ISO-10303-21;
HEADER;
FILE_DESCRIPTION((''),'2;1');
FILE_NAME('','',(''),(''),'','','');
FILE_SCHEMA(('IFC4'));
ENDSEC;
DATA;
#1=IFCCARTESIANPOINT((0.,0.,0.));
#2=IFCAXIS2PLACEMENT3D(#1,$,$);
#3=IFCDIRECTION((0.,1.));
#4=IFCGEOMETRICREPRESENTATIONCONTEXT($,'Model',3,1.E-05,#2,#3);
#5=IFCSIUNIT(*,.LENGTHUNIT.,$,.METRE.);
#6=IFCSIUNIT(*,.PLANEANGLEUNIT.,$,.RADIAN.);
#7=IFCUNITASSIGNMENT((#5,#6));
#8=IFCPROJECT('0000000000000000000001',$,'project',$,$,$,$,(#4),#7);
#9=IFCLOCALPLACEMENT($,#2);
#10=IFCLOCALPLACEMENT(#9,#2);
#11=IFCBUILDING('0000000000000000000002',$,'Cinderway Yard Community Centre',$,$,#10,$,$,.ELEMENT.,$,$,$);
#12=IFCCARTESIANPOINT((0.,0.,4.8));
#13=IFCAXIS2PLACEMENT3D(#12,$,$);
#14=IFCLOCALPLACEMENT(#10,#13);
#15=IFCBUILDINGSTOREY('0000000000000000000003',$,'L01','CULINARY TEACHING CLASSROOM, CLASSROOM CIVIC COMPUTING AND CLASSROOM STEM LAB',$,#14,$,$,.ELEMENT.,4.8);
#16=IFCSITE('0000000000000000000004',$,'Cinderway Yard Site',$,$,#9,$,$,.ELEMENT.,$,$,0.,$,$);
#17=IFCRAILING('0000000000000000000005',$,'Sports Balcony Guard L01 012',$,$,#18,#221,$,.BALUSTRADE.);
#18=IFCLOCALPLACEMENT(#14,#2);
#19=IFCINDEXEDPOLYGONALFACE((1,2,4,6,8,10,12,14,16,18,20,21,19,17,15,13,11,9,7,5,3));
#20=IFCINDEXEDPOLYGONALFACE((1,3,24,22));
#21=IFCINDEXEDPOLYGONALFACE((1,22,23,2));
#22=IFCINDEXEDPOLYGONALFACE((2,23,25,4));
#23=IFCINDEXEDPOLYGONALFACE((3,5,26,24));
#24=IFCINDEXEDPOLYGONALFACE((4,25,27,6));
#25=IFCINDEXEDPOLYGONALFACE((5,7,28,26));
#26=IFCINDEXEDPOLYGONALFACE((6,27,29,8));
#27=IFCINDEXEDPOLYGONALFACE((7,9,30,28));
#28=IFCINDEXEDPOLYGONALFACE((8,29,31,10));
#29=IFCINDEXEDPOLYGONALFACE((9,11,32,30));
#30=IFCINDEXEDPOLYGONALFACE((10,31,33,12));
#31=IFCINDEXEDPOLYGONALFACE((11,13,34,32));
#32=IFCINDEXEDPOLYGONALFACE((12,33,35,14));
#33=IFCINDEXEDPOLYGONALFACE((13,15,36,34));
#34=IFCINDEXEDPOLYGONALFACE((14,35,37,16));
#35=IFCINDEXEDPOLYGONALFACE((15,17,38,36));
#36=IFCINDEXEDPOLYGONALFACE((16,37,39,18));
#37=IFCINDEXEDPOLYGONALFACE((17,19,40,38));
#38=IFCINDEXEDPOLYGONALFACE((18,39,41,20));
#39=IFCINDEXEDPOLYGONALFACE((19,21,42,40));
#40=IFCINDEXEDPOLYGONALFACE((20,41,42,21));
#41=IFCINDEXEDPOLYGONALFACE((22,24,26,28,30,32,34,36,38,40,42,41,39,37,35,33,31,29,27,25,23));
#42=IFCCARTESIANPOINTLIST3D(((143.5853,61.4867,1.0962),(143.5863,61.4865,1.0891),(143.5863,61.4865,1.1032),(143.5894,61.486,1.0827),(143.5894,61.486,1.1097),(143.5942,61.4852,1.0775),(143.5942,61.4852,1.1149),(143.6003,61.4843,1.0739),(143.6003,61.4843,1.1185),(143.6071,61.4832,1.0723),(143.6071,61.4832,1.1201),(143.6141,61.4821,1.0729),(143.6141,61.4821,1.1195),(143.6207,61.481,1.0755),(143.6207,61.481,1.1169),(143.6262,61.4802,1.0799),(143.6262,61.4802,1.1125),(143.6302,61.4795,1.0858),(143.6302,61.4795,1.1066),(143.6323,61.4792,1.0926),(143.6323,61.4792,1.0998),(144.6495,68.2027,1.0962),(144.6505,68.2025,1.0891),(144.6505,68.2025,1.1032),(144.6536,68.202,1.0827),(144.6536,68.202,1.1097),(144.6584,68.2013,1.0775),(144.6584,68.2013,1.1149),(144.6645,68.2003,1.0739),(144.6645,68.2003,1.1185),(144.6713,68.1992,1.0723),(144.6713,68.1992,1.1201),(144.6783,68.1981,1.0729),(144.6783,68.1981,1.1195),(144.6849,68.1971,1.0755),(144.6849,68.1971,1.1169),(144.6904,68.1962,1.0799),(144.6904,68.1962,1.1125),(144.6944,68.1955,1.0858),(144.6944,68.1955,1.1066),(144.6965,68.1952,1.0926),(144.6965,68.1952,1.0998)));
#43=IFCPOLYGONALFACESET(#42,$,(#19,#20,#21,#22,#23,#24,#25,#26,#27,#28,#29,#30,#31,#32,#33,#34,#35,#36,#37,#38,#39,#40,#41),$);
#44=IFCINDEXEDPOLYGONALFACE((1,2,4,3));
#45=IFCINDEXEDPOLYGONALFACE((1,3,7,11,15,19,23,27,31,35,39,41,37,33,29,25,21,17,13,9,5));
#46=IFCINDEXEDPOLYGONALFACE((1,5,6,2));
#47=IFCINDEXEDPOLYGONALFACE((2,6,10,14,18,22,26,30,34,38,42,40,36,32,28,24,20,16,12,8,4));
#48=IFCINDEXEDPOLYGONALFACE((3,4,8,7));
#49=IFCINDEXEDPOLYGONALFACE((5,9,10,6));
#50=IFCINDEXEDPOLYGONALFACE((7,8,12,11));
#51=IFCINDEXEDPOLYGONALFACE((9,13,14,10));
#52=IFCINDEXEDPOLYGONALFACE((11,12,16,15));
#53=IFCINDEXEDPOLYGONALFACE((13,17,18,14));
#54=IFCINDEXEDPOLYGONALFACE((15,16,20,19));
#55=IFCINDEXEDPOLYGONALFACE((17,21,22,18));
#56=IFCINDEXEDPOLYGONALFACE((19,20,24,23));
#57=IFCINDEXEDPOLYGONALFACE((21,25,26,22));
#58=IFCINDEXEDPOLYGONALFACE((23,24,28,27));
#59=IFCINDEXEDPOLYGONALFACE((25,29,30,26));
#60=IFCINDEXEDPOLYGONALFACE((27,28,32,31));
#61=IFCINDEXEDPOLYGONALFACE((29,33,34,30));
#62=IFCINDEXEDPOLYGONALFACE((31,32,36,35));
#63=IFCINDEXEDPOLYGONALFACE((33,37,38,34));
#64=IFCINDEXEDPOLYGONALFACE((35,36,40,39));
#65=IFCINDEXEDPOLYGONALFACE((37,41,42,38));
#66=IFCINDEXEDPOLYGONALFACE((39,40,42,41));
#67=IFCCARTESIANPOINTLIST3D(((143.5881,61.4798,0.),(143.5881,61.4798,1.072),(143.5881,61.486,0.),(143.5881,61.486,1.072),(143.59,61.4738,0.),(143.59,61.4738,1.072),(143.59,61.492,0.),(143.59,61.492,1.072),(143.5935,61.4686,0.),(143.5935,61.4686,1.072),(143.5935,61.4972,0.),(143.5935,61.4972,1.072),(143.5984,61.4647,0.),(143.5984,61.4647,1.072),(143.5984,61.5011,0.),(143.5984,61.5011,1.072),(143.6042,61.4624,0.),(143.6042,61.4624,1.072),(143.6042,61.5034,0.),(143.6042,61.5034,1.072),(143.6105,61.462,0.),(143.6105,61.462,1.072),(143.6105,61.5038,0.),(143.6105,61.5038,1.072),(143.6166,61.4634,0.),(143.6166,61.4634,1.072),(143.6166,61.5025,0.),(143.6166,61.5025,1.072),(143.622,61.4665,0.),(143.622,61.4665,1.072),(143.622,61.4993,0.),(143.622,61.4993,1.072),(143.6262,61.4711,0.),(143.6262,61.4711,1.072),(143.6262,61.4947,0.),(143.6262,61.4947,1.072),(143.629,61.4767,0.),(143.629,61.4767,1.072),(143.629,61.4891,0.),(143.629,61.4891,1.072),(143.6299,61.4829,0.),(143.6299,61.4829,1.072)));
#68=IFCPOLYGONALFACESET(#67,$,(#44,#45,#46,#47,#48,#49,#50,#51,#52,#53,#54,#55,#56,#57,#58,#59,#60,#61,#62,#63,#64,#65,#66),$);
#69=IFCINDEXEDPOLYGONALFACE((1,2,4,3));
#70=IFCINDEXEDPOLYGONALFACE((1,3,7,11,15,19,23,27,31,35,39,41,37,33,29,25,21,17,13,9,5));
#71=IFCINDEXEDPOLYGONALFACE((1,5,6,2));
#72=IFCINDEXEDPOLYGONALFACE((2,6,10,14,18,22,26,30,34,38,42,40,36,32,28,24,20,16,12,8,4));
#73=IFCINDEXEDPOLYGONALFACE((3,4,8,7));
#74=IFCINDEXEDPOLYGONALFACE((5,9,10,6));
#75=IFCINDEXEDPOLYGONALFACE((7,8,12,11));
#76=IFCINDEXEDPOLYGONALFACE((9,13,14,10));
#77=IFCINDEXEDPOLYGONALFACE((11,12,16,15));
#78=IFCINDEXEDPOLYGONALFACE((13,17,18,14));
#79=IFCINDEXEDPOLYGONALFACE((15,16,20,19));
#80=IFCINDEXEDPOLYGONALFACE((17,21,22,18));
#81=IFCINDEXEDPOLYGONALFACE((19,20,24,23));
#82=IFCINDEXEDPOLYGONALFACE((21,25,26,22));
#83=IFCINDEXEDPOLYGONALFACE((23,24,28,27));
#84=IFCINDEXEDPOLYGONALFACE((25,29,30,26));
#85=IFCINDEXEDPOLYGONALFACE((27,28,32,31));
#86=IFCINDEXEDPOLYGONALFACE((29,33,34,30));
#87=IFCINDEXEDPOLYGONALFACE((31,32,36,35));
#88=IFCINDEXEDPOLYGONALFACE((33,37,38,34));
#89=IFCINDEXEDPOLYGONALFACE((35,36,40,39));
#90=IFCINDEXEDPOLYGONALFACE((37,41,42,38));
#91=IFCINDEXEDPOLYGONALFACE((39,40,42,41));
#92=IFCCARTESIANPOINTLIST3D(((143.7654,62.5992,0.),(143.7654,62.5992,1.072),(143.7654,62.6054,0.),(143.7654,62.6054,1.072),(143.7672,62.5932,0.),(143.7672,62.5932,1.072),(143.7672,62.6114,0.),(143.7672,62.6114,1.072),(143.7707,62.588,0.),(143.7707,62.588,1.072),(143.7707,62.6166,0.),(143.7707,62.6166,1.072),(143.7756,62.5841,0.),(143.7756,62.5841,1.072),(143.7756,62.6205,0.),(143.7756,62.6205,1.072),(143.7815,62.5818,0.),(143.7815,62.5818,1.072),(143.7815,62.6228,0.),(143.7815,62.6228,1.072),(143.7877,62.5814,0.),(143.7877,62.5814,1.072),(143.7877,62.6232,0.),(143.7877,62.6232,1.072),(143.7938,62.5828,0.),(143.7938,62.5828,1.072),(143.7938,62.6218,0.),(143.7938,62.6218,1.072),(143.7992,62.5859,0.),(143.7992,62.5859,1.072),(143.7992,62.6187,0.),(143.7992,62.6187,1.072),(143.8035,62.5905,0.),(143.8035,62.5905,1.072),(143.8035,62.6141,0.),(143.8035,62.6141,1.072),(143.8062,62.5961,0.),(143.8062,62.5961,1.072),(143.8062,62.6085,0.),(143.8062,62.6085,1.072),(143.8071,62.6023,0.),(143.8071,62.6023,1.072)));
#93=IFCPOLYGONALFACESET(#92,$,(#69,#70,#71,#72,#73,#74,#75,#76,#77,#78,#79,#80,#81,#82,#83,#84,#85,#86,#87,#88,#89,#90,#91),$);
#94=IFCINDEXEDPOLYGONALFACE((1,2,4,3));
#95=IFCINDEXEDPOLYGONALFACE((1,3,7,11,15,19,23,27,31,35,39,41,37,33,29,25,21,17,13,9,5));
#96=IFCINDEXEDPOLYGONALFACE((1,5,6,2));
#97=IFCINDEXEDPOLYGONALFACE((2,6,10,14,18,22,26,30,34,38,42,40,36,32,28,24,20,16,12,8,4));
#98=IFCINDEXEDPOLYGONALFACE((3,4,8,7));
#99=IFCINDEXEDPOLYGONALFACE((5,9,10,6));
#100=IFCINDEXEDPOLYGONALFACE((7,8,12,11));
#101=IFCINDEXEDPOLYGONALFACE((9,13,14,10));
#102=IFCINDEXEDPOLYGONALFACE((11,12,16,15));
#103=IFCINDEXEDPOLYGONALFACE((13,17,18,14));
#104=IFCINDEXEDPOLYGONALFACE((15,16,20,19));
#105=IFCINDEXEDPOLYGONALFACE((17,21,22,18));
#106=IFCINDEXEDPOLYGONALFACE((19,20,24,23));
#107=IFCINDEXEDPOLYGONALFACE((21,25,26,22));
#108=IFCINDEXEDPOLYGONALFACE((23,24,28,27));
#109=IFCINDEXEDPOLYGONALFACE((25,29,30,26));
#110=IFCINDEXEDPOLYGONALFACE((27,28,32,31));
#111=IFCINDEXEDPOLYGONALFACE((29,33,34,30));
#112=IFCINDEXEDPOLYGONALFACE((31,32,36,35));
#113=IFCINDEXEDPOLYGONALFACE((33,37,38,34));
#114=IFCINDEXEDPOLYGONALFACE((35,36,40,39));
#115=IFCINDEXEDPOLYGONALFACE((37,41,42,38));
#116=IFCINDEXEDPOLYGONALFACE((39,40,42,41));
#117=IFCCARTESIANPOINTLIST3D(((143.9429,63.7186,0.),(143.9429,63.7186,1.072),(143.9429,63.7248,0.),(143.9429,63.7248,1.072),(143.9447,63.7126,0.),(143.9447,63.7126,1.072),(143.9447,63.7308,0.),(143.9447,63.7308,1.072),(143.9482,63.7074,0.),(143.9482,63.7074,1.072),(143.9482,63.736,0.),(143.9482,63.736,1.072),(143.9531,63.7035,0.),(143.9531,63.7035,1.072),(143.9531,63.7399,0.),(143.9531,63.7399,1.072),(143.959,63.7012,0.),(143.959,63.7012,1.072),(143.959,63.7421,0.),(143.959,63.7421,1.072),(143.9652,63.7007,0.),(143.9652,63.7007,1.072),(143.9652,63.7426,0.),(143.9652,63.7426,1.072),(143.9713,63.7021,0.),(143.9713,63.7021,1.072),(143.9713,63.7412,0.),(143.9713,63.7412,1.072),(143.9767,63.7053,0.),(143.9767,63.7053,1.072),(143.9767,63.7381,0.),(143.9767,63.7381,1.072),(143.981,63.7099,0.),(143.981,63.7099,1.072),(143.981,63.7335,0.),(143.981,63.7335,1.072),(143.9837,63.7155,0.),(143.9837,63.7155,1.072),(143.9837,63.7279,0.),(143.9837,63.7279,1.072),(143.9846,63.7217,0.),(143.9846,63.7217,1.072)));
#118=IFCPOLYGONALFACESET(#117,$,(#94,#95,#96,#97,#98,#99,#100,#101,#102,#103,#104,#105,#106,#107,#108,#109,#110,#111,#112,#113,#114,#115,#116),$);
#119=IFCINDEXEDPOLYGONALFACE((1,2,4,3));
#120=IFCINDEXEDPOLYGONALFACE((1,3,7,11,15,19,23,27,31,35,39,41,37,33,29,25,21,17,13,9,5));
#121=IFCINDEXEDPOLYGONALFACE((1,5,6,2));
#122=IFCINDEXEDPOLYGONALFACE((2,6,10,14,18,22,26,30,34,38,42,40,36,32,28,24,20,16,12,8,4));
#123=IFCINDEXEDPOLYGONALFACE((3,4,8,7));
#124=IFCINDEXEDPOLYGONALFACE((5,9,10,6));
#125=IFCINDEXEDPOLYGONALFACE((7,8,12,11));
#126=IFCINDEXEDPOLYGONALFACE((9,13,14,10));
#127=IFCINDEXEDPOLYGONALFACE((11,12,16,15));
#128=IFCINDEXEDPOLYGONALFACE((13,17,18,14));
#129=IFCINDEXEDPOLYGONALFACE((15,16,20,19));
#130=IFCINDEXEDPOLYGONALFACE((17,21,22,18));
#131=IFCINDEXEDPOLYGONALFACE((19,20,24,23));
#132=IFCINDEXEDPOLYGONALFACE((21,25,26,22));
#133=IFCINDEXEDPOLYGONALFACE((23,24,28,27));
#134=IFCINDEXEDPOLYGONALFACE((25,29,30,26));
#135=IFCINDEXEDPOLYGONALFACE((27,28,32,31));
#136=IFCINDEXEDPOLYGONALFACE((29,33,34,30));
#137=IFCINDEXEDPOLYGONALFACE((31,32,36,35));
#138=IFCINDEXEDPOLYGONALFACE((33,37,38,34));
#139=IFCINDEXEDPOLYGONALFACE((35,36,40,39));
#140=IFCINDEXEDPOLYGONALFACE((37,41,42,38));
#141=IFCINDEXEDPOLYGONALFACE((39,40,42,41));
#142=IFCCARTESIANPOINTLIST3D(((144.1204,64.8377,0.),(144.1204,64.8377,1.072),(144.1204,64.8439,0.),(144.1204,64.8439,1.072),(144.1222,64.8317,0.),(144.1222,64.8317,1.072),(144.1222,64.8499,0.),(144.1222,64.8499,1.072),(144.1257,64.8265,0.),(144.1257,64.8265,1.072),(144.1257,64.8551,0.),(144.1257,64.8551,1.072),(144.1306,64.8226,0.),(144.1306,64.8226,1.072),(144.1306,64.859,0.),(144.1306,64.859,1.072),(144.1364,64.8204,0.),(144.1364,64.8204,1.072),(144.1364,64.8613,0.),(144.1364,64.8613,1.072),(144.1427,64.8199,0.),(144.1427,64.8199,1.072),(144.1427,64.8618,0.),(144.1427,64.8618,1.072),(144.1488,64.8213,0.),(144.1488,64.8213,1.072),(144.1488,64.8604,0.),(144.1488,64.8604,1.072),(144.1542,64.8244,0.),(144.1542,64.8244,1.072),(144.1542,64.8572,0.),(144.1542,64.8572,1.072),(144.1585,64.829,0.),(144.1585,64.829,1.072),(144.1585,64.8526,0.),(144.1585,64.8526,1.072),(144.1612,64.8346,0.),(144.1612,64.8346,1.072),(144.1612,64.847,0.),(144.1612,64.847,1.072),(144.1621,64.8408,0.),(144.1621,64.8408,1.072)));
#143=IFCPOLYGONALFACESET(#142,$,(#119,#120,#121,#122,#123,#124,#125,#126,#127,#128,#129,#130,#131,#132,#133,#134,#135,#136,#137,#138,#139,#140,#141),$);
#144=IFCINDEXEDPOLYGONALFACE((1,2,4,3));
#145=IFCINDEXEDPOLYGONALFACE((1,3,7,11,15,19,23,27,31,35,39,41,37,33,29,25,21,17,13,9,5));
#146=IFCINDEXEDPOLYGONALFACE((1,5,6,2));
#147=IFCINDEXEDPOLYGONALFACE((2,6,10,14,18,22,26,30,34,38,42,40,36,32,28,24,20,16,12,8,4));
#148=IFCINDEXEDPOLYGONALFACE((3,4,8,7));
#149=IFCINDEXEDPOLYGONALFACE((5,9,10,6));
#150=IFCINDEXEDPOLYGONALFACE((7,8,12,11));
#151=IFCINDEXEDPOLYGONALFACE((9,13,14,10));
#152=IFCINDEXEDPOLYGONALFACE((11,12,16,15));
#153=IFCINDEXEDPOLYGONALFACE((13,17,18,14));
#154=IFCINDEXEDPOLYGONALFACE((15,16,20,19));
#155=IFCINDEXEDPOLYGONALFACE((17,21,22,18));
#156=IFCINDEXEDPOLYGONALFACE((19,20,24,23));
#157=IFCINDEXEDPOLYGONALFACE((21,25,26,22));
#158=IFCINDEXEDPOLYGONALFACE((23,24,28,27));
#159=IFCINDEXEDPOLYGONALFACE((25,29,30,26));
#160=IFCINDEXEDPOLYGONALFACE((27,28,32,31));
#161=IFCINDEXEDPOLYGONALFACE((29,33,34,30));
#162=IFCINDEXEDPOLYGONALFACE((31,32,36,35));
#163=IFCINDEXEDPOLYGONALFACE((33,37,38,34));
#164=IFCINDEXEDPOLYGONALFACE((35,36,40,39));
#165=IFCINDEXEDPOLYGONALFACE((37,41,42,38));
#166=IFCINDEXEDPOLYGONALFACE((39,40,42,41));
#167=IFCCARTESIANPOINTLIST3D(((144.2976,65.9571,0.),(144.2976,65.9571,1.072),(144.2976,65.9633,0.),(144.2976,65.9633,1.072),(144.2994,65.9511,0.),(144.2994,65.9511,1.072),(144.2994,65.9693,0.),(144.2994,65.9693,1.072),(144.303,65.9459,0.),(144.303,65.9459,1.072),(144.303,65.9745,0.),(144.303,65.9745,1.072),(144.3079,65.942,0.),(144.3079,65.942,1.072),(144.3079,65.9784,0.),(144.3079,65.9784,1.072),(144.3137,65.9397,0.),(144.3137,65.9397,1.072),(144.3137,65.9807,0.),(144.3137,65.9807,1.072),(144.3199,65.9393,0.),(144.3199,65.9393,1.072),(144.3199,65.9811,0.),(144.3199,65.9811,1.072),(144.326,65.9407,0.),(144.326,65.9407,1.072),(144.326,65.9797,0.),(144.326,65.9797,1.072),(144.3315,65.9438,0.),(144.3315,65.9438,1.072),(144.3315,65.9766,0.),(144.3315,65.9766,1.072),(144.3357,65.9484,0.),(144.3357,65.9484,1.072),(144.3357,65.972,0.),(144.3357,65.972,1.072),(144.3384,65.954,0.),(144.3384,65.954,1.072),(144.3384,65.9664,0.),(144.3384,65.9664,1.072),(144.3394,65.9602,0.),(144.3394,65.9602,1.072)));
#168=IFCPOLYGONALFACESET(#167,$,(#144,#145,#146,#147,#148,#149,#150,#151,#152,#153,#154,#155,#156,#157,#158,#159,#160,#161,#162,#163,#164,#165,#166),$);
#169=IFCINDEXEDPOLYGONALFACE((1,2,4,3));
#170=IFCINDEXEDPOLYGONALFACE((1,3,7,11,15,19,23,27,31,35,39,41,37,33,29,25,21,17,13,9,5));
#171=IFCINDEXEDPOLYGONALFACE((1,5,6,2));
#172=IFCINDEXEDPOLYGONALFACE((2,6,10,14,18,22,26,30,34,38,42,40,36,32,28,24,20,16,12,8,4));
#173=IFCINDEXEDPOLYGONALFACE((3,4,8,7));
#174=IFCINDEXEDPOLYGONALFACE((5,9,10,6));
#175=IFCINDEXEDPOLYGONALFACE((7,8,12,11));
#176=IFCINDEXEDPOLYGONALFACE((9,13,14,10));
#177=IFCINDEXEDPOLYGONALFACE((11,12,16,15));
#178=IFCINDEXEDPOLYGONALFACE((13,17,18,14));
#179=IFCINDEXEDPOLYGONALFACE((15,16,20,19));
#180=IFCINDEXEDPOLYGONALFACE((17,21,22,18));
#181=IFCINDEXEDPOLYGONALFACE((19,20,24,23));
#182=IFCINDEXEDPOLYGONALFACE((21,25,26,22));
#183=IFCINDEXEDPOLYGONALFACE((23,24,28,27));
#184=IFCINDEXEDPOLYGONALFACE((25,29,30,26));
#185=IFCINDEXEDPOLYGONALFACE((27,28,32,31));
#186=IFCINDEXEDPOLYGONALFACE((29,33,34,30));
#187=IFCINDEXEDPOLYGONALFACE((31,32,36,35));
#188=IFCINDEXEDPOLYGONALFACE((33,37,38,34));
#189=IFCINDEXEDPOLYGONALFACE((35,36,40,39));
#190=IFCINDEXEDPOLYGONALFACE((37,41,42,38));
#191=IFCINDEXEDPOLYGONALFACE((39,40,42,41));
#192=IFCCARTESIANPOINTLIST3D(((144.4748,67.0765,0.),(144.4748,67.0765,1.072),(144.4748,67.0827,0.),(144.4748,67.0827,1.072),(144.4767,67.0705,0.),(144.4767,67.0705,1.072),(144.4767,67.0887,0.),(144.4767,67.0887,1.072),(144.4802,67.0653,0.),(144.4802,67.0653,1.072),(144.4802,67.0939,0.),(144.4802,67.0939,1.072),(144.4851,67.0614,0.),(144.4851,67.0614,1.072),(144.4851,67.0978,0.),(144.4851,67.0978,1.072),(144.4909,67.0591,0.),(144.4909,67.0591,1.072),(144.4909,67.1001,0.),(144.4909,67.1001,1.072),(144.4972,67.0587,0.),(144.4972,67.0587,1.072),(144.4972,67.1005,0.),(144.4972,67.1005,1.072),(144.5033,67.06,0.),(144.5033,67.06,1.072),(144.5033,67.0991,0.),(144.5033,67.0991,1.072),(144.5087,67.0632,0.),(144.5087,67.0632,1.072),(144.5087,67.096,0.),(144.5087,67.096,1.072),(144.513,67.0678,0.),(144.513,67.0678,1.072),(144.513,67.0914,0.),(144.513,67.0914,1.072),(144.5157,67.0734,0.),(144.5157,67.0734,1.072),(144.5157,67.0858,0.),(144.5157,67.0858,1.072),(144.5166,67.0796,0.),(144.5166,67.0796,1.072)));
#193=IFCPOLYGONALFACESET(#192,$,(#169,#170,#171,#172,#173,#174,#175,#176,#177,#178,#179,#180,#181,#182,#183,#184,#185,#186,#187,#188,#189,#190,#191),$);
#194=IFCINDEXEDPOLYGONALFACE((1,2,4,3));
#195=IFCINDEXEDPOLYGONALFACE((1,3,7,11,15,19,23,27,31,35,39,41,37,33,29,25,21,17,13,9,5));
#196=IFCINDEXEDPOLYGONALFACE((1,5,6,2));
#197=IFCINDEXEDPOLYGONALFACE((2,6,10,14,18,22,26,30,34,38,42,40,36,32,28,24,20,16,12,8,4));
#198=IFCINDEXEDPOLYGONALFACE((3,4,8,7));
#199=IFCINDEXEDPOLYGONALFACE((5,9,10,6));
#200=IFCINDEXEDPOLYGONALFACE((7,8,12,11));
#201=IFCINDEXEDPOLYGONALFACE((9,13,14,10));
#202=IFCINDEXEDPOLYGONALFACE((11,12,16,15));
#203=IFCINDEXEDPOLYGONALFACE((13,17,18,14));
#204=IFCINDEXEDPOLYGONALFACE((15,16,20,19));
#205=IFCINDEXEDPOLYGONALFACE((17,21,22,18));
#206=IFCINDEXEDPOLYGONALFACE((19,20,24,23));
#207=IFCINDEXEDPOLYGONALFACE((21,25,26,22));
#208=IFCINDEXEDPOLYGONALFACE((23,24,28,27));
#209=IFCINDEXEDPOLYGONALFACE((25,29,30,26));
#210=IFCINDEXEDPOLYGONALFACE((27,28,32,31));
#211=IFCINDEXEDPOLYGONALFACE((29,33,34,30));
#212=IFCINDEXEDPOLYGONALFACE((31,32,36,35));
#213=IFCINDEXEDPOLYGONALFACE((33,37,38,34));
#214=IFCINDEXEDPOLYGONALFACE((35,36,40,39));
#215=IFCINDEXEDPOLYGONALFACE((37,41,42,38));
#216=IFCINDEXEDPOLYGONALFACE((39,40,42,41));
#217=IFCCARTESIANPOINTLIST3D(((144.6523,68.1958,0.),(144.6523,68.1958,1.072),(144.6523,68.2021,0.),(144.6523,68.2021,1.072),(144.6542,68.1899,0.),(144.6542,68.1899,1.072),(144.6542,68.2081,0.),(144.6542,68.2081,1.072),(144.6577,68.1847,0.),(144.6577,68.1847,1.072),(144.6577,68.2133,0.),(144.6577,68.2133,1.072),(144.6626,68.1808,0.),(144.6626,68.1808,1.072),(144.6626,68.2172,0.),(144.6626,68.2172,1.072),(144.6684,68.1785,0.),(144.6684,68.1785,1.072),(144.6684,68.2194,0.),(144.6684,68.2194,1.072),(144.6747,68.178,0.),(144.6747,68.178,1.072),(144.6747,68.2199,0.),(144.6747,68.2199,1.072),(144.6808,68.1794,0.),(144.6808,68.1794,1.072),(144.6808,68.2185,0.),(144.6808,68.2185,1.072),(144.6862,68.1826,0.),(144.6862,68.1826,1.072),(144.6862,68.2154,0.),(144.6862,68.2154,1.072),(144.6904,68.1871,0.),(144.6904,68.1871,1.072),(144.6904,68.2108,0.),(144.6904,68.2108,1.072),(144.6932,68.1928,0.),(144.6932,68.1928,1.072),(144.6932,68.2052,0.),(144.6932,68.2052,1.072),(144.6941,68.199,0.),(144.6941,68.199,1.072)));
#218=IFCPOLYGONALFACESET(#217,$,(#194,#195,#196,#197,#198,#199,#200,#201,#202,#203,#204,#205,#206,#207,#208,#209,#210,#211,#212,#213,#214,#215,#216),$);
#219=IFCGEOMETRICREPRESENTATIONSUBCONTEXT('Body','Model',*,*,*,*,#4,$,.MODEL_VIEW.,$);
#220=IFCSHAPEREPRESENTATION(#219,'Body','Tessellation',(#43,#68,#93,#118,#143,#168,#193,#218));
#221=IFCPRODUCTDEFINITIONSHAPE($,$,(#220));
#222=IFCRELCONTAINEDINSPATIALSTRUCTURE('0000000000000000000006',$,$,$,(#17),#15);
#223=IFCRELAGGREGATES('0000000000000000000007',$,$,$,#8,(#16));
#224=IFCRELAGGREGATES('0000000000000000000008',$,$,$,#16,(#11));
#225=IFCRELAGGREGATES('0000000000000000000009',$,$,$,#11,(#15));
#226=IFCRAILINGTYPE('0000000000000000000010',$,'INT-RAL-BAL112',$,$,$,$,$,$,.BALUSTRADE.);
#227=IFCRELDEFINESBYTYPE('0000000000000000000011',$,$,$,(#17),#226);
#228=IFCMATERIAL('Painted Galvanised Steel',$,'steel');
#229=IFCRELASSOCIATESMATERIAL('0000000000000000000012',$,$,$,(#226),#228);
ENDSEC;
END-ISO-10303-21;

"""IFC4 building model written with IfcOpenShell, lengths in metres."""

from ifc_helpers import new_model, si_unit, direction, frame, origin, origin_2d, place, context, subcontext, project, spatial, circle, extrude, material, type_object, element, save


model = new_model("IFC4")

# Units and contexts
model_context = context("Model", 3, precision=1e-05, world=origin(), true_north=direction((0.0, 1.0)))
body_context = subcontext(model_context, "Body", "Model", "MODEL_VIEW")
ifc_project = project(units=[si_unit("LENGTHUNIT", "METRE"), si_unit("PLANEANGLEUNIT", "RADIAN")], contexts=[model_context])

# Site, building, storey
site_placement = place(None, origin())
site = spatial("IfcSite", under=ifc_project, at=site_placement, Name="Cinderway Yard Site", CompositionType="ELEMENT", RefElevation=0.0)
building_placement = place(site_placement, origin())
building = spatial("IfcBuilding", under=site, at=building_placement, Name="Cinderway Yard Community Centre", CompositionType="ELEMENT")
storey_placement = place(building_placement, frame((0.0, 0.0, 4.8)))
storey = spatial("IfcBuildingStorey", under=building, at=storey_placement, Name="L01", Description="CULINARY TEACHING CLASSROOM, CLASSROOM CIVIC COMPUTING AND CLASSROOM STEM LAB", CompositionType="ELEMENT", Elevation=4.8)

# Railing
ifc_material_1 = material(Name="Painted Galvanised Steel", Category="steel")
railing_type_1 = type_object("IfcRailingType", Name="INT-RAL-BAL112", PredefinedType="BALUSTRADE", material=ifc_material_1)
railing_1_placement = place(storey_placement, frame((143.6089, 61.4829, 0.0)))
element("IfcRailing", 1, at=railing_1_placement, inside=storey, type_object=railing_type_1, Name="Sports Balcony Guard L01 012", PredefinedType="BALUSTRADE", context=body_context, shape_type="SweptSolid", body=[
    extrude(circle(Radius=0.0239, at=origin_2d()), frame((0.0, 0.0, 1.0962), z_axis=(0.156505, 0.987677, 0.0), x_axis=(-0.987677, 0.156505, 0.0)), (0.0, 0.0, 1.0), 6.7998),
    extrude(circle(Radius=0.021, at=origin_2d()), origin(), (0.0, 0.0, 1.0), 1.072),
    extrude(circle(Radius=0.021, at=origin_2d()), frame((0.1772, 1.1194, 0.0)), (0.0, 0.0, 1.0), 1.072),
    extrude(circle(Radius=0.021, at=origin_2d()), frame((0.3547, 2.2388, 0.0)), (0.0, 0.0, 1.0), 1.072),
    extrude(circle(Radius=0.021, at=origin_2d()), frame((0.5322, 3.3579, 0.0)), (0.0, 0.0, 1.0), 1.072),
    extrude(circle(Radius=0.021, at=origin_2d()), frame((0.7095, 4.4773, 0.0)), (0.0, 0.0, 1.0), 1.072),
    extrude(circle(Radius=0.021, at=origin_2d()), frame((0.8867, 5.5967, 0.0)), (0.0, 0.0, 1.0), 1.072),
    extrude(circle(Radius=0.021, at=origin_2d()), frame((1.0642, 6.7161, 0.0)), (0.0, 0.0, 1.0), 1.072),
])

save(model, "model.ifc")
